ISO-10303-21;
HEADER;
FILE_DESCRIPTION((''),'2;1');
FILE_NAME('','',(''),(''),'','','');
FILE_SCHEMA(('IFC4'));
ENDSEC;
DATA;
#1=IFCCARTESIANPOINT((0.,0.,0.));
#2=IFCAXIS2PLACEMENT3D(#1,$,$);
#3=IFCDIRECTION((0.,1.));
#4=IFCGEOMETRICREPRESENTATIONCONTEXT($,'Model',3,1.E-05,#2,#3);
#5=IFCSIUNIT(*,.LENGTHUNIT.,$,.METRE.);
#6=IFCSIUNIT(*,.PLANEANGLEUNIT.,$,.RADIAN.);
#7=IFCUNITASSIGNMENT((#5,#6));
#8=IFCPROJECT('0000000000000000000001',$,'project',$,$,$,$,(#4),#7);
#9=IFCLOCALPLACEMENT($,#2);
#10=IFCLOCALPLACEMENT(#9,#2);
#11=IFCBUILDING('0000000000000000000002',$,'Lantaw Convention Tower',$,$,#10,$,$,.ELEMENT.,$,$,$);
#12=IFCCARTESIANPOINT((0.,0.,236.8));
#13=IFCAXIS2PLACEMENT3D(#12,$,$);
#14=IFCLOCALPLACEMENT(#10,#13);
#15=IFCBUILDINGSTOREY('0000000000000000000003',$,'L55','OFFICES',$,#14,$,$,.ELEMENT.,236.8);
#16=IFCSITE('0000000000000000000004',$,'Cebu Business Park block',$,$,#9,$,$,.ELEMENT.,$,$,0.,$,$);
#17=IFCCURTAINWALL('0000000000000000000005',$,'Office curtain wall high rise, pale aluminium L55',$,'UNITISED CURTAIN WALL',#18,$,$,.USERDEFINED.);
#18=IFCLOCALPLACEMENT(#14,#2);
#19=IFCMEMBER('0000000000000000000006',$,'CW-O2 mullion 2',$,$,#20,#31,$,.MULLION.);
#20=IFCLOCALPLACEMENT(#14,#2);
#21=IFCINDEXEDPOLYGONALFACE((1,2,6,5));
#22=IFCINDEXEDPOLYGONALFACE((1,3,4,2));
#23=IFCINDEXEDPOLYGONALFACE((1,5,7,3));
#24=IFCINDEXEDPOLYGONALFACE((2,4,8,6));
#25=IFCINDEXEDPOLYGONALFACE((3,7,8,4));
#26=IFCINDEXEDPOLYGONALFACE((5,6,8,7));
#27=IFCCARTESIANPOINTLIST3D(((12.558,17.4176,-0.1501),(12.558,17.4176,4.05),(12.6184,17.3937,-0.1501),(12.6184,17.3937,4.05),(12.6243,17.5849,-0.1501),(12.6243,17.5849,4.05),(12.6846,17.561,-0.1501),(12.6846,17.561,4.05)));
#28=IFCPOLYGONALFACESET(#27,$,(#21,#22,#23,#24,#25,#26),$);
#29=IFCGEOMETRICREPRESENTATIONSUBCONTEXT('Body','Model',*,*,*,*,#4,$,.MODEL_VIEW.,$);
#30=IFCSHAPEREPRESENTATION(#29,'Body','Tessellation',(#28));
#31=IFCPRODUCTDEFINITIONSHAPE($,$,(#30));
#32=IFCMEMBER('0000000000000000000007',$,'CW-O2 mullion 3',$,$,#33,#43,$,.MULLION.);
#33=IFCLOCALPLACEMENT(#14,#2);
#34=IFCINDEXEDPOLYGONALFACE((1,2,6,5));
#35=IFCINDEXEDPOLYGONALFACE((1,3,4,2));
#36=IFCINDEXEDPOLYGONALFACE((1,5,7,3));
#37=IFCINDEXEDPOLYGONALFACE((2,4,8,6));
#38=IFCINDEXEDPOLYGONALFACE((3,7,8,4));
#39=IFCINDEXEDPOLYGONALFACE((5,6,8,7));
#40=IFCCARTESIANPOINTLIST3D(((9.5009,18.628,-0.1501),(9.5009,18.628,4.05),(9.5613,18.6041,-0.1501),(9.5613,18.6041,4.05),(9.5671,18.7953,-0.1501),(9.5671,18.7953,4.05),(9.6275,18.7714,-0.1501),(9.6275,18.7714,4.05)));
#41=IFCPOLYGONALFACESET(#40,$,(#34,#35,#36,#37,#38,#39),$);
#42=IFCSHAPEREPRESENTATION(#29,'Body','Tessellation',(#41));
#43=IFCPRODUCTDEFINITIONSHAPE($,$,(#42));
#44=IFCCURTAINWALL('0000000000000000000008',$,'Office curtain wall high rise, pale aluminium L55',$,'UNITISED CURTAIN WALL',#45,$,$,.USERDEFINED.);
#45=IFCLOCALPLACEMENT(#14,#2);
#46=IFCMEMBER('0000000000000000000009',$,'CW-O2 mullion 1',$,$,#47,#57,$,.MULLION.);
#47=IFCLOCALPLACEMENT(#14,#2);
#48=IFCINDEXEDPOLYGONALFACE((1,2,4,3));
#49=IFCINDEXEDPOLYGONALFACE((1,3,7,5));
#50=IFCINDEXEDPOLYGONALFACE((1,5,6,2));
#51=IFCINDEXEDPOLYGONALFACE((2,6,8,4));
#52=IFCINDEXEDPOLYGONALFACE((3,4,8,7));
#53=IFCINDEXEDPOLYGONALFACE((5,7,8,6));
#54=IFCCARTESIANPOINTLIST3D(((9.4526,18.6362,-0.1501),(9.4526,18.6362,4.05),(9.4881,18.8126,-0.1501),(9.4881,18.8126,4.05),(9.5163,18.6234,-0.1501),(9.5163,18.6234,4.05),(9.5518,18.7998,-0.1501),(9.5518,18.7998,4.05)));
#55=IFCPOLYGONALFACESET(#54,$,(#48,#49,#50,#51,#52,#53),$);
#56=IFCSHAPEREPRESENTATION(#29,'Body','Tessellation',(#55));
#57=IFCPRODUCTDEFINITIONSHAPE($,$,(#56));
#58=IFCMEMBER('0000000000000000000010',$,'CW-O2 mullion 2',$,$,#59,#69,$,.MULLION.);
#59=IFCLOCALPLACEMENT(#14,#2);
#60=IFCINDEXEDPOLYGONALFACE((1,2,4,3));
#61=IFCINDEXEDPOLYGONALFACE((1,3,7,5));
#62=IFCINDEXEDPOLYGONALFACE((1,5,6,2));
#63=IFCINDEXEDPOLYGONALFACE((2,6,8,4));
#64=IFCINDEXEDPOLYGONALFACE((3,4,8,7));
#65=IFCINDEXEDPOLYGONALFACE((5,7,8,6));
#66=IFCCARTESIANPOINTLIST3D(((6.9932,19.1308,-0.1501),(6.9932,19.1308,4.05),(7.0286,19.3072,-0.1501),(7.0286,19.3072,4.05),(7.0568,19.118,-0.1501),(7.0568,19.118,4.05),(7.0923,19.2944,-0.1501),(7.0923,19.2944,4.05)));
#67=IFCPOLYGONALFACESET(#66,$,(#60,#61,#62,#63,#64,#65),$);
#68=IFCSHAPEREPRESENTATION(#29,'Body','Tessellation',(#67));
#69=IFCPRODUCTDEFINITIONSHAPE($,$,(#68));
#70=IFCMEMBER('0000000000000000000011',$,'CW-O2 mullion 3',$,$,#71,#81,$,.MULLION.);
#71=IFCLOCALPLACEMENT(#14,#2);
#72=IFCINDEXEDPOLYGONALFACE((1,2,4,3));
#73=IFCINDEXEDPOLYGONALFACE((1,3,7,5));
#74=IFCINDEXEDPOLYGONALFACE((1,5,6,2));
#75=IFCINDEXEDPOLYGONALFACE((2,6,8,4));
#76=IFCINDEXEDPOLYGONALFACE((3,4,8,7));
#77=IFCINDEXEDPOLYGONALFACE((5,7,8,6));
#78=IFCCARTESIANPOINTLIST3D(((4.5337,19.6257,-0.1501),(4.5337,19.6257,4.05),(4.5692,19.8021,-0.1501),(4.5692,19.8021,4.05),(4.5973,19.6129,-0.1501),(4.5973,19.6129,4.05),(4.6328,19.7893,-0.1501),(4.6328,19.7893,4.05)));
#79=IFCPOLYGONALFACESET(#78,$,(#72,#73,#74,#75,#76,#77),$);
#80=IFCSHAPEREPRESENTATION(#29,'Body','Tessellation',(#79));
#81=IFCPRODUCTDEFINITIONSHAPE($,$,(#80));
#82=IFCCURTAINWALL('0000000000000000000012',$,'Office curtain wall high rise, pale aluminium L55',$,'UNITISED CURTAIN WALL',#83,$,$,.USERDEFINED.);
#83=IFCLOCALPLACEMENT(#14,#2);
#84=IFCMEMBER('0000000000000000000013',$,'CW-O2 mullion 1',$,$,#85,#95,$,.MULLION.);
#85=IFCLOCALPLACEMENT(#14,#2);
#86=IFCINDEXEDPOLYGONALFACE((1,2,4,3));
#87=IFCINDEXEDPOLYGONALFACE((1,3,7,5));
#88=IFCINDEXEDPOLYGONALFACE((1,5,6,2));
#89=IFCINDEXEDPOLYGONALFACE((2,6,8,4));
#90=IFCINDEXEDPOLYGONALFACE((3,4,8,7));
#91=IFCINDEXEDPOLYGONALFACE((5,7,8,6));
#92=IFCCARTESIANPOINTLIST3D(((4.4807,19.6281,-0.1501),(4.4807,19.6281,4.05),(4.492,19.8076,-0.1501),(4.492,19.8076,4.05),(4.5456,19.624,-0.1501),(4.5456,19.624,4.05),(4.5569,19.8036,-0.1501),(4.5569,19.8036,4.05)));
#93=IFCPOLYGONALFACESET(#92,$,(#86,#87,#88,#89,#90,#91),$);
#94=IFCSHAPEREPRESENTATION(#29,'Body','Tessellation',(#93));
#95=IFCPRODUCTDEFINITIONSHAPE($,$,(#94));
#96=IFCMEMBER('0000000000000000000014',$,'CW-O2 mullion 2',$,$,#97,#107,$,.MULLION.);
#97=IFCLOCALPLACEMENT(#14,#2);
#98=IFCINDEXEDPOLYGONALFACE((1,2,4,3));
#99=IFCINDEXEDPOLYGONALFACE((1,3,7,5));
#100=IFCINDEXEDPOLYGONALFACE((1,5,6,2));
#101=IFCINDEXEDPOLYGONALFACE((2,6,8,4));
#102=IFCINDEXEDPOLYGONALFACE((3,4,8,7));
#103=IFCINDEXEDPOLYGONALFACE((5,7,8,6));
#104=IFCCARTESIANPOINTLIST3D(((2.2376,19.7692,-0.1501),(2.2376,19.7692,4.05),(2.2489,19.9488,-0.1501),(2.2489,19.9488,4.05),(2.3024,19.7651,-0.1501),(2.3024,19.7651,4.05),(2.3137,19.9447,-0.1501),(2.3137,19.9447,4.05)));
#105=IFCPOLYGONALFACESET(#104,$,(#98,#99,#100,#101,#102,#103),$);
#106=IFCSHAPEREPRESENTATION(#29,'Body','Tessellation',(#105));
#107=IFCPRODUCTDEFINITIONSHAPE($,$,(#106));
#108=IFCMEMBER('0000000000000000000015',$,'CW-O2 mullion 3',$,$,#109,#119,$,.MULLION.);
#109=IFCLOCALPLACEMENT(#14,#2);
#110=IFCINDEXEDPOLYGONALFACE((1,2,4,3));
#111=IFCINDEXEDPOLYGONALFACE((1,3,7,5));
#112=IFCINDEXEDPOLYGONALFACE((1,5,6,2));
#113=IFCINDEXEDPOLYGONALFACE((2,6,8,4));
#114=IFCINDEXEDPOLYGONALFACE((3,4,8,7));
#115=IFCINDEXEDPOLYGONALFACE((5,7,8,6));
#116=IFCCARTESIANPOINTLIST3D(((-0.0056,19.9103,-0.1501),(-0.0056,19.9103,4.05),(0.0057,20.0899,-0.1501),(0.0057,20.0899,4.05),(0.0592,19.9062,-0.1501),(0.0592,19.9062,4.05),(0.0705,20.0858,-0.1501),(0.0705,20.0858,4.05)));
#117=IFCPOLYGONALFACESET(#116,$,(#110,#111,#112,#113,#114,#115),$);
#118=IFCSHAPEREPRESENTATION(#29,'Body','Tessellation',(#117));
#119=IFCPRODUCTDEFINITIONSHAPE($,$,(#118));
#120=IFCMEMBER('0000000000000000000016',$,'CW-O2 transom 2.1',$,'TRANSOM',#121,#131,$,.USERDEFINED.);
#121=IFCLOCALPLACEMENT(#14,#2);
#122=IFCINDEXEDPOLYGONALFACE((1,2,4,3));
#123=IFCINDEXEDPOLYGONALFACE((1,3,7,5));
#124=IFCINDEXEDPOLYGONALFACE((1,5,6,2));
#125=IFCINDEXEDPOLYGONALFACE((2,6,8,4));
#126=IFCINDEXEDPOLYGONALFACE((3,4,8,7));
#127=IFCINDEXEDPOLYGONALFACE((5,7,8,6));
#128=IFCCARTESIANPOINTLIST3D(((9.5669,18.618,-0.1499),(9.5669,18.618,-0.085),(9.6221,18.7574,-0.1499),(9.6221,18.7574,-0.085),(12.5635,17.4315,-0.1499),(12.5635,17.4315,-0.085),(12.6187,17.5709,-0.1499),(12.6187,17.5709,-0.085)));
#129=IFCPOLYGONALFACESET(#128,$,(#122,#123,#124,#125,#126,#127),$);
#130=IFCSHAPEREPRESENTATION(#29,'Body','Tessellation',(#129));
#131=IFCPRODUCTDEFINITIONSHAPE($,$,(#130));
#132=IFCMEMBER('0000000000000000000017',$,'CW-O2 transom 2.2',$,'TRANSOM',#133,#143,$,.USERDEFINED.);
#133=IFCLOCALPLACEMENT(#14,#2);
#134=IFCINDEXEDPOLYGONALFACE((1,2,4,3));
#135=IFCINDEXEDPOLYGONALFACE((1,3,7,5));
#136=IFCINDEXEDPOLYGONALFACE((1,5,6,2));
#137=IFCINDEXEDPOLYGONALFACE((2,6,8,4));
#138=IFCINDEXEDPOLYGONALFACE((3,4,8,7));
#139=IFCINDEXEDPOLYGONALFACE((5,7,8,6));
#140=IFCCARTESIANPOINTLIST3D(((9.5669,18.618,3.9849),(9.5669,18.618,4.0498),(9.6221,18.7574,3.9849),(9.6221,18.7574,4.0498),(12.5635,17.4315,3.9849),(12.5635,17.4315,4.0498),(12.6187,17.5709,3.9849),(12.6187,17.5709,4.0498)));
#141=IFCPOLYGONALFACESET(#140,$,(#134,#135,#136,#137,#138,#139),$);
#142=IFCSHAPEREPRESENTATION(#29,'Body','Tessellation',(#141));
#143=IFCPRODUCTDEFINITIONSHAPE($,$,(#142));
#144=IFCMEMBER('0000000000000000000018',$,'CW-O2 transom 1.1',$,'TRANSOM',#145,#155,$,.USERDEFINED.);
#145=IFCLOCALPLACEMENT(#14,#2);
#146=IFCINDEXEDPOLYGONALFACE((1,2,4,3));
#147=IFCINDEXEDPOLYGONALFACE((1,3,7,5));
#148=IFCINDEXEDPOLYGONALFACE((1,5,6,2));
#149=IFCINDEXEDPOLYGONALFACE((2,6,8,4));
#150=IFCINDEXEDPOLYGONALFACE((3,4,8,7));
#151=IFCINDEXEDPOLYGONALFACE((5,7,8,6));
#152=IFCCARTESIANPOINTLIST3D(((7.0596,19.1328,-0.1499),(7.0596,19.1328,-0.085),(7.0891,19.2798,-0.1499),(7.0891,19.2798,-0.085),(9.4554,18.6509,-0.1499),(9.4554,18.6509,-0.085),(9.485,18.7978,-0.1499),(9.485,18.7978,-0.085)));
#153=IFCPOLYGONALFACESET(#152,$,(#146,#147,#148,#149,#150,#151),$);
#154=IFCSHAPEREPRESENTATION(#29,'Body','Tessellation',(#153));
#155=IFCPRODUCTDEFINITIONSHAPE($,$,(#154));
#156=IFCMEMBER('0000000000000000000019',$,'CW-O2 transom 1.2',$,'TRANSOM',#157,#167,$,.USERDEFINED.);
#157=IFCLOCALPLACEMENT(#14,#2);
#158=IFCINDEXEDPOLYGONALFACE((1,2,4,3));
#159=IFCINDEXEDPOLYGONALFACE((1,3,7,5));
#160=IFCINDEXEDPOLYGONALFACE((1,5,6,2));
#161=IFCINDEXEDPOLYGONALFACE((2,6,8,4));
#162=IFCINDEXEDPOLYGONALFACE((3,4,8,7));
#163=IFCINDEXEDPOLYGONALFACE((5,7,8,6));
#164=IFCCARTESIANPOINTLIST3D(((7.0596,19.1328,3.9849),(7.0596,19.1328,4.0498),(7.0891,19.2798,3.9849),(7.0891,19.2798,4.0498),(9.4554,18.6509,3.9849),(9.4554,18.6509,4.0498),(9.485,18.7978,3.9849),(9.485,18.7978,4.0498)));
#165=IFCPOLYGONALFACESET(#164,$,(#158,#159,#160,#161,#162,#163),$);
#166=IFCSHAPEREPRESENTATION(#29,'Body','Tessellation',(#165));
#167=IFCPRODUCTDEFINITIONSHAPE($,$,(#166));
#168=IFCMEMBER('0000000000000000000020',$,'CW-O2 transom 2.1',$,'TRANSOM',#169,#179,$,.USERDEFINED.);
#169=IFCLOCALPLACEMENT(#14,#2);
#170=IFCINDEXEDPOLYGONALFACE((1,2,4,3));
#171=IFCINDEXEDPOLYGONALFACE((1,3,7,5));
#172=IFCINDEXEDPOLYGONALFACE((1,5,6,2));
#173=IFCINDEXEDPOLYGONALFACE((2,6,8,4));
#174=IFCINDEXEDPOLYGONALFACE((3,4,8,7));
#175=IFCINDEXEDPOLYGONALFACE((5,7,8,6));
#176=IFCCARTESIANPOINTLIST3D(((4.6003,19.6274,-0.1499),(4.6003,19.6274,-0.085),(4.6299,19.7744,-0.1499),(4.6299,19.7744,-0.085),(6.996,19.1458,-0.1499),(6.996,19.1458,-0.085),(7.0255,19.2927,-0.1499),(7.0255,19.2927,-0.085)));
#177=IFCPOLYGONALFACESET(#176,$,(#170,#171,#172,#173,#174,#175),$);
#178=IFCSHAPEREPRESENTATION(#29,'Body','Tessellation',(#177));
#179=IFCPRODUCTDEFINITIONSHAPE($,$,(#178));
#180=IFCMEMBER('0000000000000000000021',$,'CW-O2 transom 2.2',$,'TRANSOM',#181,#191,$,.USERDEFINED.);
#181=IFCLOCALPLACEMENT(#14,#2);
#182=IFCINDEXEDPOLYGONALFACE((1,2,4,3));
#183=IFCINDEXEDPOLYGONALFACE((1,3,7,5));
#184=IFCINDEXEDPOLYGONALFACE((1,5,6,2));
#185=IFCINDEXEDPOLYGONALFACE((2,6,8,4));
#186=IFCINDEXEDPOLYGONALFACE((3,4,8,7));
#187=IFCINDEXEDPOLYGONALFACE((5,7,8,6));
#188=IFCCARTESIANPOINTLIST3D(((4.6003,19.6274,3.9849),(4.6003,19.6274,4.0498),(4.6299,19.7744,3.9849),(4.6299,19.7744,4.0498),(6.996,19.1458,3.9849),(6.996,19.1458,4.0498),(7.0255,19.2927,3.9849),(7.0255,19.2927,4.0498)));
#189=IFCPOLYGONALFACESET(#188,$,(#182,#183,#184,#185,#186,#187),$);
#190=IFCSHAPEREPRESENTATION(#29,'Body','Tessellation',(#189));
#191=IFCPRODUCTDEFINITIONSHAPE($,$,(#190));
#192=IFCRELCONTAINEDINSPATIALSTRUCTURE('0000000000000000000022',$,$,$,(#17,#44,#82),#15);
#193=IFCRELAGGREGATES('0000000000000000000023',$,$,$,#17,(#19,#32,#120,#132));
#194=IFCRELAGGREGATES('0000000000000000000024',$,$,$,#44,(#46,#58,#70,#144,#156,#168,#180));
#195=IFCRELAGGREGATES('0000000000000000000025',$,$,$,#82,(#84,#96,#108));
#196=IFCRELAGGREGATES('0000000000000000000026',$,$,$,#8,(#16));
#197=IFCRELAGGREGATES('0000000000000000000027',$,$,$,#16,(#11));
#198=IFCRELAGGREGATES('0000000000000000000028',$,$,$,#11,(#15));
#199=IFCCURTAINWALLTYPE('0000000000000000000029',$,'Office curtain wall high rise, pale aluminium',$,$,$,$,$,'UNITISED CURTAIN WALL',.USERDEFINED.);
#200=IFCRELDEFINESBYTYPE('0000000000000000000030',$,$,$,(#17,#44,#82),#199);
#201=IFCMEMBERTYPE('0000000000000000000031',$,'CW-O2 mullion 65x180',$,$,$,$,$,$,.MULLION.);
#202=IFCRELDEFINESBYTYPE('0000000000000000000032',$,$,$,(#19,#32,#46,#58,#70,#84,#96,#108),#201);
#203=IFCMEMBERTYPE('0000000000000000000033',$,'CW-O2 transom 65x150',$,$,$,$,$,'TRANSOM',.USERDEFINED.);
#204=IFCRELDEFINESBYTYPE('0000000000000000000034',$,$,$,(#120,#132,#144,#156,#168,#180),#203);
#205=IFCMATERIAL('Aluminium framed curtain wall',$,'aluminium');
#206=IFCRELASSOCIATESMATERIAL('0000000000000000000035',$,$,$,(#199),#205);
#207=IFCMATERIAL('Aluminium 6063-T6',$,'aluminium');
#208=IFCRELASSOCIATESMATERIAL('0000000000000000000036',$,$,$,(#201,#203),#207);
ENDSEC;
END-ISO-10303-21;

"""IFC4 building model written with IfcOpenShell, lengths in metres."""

from ifc_helpers import new_model, si_unit, direction, frame, origin, origin_2d, place, context, subcontext, project, spatial, rectangle, extrude, material, material_profile, profile_set, type_object, element, aggregate, save


model = new_model("IFC4")

# Units and contexts
model_context = context("Model", 3, precision=1e-05, world=origin(), true_north=direction((0.0, 1.0)))
body_context = subcontext(model_context, "Body", "Model", "MODEL_VIEW")
ifc_project = project(units=[si_unit("LENGTHUNIT", "METRE"), si_unit("PLANEANGLEUNIT", "RADIAN")], contexts=[model_context])

# Site, building, storey
site_placement = place(None, origin())
site = spatial("IfcSite", under=ifc_project, at=site_placement, Name="Cebu Business Park block", CompositionType="ELEMENT", RefElevation=0.0)
building_placement = place(site_placement, origin())
building = spatial("IfcBuilding", under=site, at=building_placement, Name="Lantaw Convention Tower", CompositionType="ELEMENT")
storey_placement = place(building_placement, frame((0.0, 0.0, 236.8)))
storey = spatial("IfcBuildingStorey", under=building, at=storey_placement, Name="L55", Description="OFFICES", CompositionType="ELEMENT", Elevation=236.8)

# Curtain walls, members
ifc_material_1 = material(Name="Aluminium framed curtain wall", Category="aluminium")
curtain_wall_type = type_object("IfcCurtainWallType", Name="Office curtain wall high rise, pale aluminium", ElementType="UNITISED CURTAIN WALL", PredefinedType="USERDEFINED", material=ifc_material_1)
curtain_wall_1_placement = place(storey_placement, origin())
curtain_wall_1 = element("IfcCurtainWall", 1, at=curtain_wall_1_placement, inside=storey, type_object=curtain_wall_type, Name="Office curtain wall high rise, pale aluminium L55", ObjectType="UNITISED CURTAIN WALL", PredefinedType="USERDEFINED")
ifc_material_2 = material(Name="Aluminium 6063-T6", Category="aluminium")
ifc_material_profile_1 = material_profile(ifc_material_2, rectangle(XDim=0.1799, YDim=0.0649, at=origin_2d()), Name="CW-O2 mullion 65x180")
ifc_profile_set_1 = profile_set([ifc_material_profile_1], Name="Aluminium 6063-T6")
member_type_1 = type_object("IfcMemberType", Name="CW-O2 mullion 65x180", PredefinedType="MULLION", material=ifc_profile_set_1)
member_1_placement = place(storey_placement, frame((12.6213, 17.4893, -0.1501), z_axis=(0.0, 0.0, 1.0), x_axis=(-0.368162, -0.929762, 0.0)))
member_1 = element("IfcMember", 2, at=member_1_placement, type_object=member_type_1, Name="CW-O2 mullion 2", PredefinedType="MULLION", context=body_context, shape_type="SweptSolid", body=[
    extrude(rectangle(XDim=0.1799, YDim=0.0649, at=origin_2d()), origin(), (0.0, 0.0, 1.0), 4.2002),
])
member_2_placement = place(storey_placement, frame((9.5642, 18.6997, -0.1501), z_axis=(0.0, 0.0, 1.0), x_axis=(-0.368162, -0.929762, 0.0)))
member_2 = element("IfcMember", 3, at=member_2_placement, type_object=member_type_1, Name="CW-O2 mullion 3", PredefinedType="MULLION", context=body_context, shape_type="SweptSolid", body=[
    extrude(rectangle(XDim=0.1799, YDim=0.0649, at=origin_2d()), origin(), (0.0, 0.0, 1.0), 4.2002),
])
curtain_wall_2_placement = place(storey_placement, origin())
curtain_wall_2 = element("IfcCurtainWall", 4, at=curtain_wall_2_placement, inside=storey, type_object=curtain_wall_type, Name="Office curtain wall high rise, pale aluminium L55", ObjectType="UNITISED CURTAIN WALL", PredefinedType="USERDEFINED")
member_3_placement = place(storey_placement, frame((9.5022, 18.718, -0.1501), z_axis=(0.0, 0.0, 1.0), x_axis=(-0.197183, -0.980367, 0.0)))
member_3 = element("IfcMember", 5, at=member_3_placement, type_object=member_type_1, Name="CW-O2 mullion 1", PredefinedType="MULLION", context=body_context, shape_type="SweptSolid", body=[
    extrude(rectangle(XDim=0.1799, YDim=0.0649, at=origin_2d()), origin(), (0.0, 0.0, 1.0), 4.2002),
])
member_4_placement = place(storey_placement, frame((7.0427, 19.2126, -0.1501), z_axis=(0.0, 0.0, 1.0), x_axis=(-0.197183, -0.980367, 0.0)))
member_4 = element("IfcMember", 6, at=member_4_placement, type_object=member_type_1, Name="CW-O2 mullion 2", PredefinedType="MULLION", context=body_context, shape_type="SweptSolid", body=[
    extrude(rectangle(XDim=0.1799, YDim=0.0649, at=origin_2d()), origin(), (0.0, 0.0, 1.0), 4.2002),
])
member_5_placement = place(storey_placement, frame((4.5833, 19.7075, -0.1501), z_axis=(0.0, 0.0, 1.0), x_axis=(-0.197183, -0.980367, 0.0)))
member_5 = element("IfcMember", 7, at=member_5_placement, type_object=member_type_1, Name="CW-O2 mullion 3", PredefinedType="MULLION", context=body_context, shape_type="SweptSolid", body=[
    extrude(rectangle(XDim=0.1799, YDim=0.0649, at=origin_2d()), origin(), (0.0, 0.0, 1.0), 4.2002),
])
curtain_wall_3_placement = place(storey_placement, origin())
curtain_wall_3 = element("IfcCurtainWall", 8, at=curtain_wall_3_placement, inside=storey, type_object=curtain_wall_type, Name="Office curtain wall high rise, pale aluminium L55", ObjectType="UNITISED CURTAIN WALL", PredefinedType="USERDEFINED")
member_6_placement = place(storey_placement, frame((4.5188, 19.7158, -0.1501), z_axis=(0.0, 0.0, 1.0), x_axis=(-0.062758, -0.998029, 0.0)))
member_6 = element("IfcMember", 9, at=member_6_placement, type_object=member_type_1, Name="CW-O2 mullion 1", PredefinedType="MULLION", context=body_context, shape_type="SweptSolid", body=[
    extrude(rectangle(XDim=0.1799, YDim=0.0649, at=origin_2d()), origin(), (0.0, 0.0, 1.0), 4.2002),
])
member_7_placement = place(storey_placement, frame((2.2756, 19.8569, -0.1501), z_axis=(0.0, 0.0, 1.0), x_axis=(-0.062758, -0.998029, 0.0)))
member_7 = element("IfcMember", 10, at=member_7_placement, type_object=member_type_1, Name="CW-O2 mullion 2", PredefinedType="MULLION", context=body_context, shape_type="SweptSolid", body=[
    extrude(rectangle(XDim=0.1799, YDim=0.0649, at=origin_2d()), origin(), (0.0, 0.0, 1.0), 4.2002),
])
member_8_placement = place(storey_placement, frame((0.0325, 19.998, -0.1501), z_axis=(0.0, 0.0, 1.0), x_axis=(-0.062758, -0.998029, 0.0)))
member_8 = element("IfcMember", 11, at=member_8_placement, type_object=member_type_1, Name="CW-O2 mullion 3", PredefinedType="MULLION", context=body_context, shape_type="SweptSolid", body=[
    extrude(rectangle(XDim=0.1799, YDim=0.0649, at=origin_2d()), origin(), (0.0, 0.0, 1.0), 4.2002),
])

# Members
ifc_material_profile_2 = material_profile(ifc_material_2, rectangle(XDim=0.1499, YDim=0.0649, at=origin_2d()), Name="CW-O2 transom 65x150")
ifc_profile_set_2 = profile_set([ifc_material_profile_2], Name="Aluminium 6063-T6")
member_type_2 = type_object("IfcMemberType", Name="CW-O2 transom 65x150", ElementType="TRANSOM", PredefinedType="USERDEFINED", material=ifc_profile_set_2)
member_9_placement = place(storey_placement, frame((12.5911, 17.5012, -0.1174), z_axis=(-0.929767, 0.368149, 0.0), x_axis=(-0.368149, -0.929767, 0.0)))
member_9 = element("IfcMember", 12, at=member_9_placement, type_object=member_type_2, Name="CW-O2 transom 2.1", ObjectType="TRANSOM", PredefinedType="USERDEFINED", context=body_context, shape_type="SweptSolid", body=[
    extrude(rectangle(XDim=0.1499, YDim=0.0649, at=origin_2d()), origin(), (0.0, 0.0, 1.0), 3.2229),
])
member_10_placement = place(storey_placement, frame((12.5911, 17.5012, 4.0173), z_axis=(-0.929767, 0.368149, 0.0), x_axis=(-0.368149, -0.929767, 0.0)))
member_10 = element("IfcMember", 13, at=member_10_placement, type_object=member_type_2, Name="CW-O2 transom 2.2", ObjectType="TRANSOM", PredefinedType="USERDEFINED", context=body_context, shape_type="SweptSolid", body=[
    extrude(rectangle(XDim=0.1499, YDim=0.0649, at=origin_2d()), origin(), (0.0, 0.0, 1.0), 3.2229),
])
member_11_placement = place(storey_placement, frame((9.4702, 18.7244, -0.1174), z_axis=(-0.980361, 0.197211, 0.0), x_axis=(-0.197211, -0.980361, 0.0)))
member_11 = element("IfcMember", 14, at=member_11_placement, type_object=member_type_2, Name="CW-O2 transom 1.1", ObjectType="TRANSOM", PredefinedType="USERDEFINED", context=body_context, shape_type="SweptSolid", body=[
    extrude(rectangle(XDim=0.1499, YDim=0.0649, at=origin_2d()), origin(), (0.0, 0.0, 1.0), 2.4438),
])
member_12_placement = place(storey_placement, frame((9.4702, 18.7244, 4.0173), z_axis=(-0.980361, 0.197211, 0.0), x_axis=(-0.197211, -0.980361, 0.0)))
member_12 = element("IfcMember", 15, at=member_12_placement, type_object=member_type_2, Name="CW-O2 transom 1.2", ObjectType="TRANSOM", PredefinedType="USERDEFINED", context=body_context, shape_type="SweptSolid", body=[
    extrude(rectangle(XDim=0.1499, YDim=0.0649, at=origin_2d()), origin(), (0.0, 0.0, 1.0), 2.4438),
])
member_13_placement = place(storey_placement, frame((7.0107, 19.2192, -0.1174), z_axis=(-0.98038, 0.197115, 0.0), x_axis=(-0.197115, -0.98038, 0.0)))
member_13 = element("IfcMember", 16, at=member_13_placement, type_object=member_type_2, Name="CW-O2 transom 2.1", ObjectType="TRANSOM", PredefinedType="USERDEFINED", context=body_context, shape_type="SweptSolid", body=[
    extrude(rectangle(XDim=0.1499, YDim=0.0649, at=origin_2d()), origin(), (0.0, 0.0, 1.0), 2.4436),
])
member_14_placement = place(storey_placement, frame((7.0107, 19.2192, 4.0173), z_axis=(-0.98038, 0.197115, 0.0), x_axis=(-0.197115, -0.98038, 0.0)))
member_14 = element("IfcMember", 17, at=member_14_placement, type_object=member_type_2, Name="CW-O2 transom 2.2", ObjectType="TRANSOM", PredefinedType="USERDEFINED", context=body_context, shape_type="SweptSolid", body=[
    extrude(rectangle(XDim=0.1499, YDim=0.0649, at=origin_2d()), origin(), (0.0, 0.0, 1.0), 2.4436),
])

aggregate(curtain_wall_1, [member_1, member_2, member_9, member_10])
aggregate(curtain_wall_2, [member_3, member_4, member_5, member_11, member_12, member_13, member_14])
aggregate(curtain_wall_3, [member_6, member_7, member_8])

save(model, "model.ifc")
